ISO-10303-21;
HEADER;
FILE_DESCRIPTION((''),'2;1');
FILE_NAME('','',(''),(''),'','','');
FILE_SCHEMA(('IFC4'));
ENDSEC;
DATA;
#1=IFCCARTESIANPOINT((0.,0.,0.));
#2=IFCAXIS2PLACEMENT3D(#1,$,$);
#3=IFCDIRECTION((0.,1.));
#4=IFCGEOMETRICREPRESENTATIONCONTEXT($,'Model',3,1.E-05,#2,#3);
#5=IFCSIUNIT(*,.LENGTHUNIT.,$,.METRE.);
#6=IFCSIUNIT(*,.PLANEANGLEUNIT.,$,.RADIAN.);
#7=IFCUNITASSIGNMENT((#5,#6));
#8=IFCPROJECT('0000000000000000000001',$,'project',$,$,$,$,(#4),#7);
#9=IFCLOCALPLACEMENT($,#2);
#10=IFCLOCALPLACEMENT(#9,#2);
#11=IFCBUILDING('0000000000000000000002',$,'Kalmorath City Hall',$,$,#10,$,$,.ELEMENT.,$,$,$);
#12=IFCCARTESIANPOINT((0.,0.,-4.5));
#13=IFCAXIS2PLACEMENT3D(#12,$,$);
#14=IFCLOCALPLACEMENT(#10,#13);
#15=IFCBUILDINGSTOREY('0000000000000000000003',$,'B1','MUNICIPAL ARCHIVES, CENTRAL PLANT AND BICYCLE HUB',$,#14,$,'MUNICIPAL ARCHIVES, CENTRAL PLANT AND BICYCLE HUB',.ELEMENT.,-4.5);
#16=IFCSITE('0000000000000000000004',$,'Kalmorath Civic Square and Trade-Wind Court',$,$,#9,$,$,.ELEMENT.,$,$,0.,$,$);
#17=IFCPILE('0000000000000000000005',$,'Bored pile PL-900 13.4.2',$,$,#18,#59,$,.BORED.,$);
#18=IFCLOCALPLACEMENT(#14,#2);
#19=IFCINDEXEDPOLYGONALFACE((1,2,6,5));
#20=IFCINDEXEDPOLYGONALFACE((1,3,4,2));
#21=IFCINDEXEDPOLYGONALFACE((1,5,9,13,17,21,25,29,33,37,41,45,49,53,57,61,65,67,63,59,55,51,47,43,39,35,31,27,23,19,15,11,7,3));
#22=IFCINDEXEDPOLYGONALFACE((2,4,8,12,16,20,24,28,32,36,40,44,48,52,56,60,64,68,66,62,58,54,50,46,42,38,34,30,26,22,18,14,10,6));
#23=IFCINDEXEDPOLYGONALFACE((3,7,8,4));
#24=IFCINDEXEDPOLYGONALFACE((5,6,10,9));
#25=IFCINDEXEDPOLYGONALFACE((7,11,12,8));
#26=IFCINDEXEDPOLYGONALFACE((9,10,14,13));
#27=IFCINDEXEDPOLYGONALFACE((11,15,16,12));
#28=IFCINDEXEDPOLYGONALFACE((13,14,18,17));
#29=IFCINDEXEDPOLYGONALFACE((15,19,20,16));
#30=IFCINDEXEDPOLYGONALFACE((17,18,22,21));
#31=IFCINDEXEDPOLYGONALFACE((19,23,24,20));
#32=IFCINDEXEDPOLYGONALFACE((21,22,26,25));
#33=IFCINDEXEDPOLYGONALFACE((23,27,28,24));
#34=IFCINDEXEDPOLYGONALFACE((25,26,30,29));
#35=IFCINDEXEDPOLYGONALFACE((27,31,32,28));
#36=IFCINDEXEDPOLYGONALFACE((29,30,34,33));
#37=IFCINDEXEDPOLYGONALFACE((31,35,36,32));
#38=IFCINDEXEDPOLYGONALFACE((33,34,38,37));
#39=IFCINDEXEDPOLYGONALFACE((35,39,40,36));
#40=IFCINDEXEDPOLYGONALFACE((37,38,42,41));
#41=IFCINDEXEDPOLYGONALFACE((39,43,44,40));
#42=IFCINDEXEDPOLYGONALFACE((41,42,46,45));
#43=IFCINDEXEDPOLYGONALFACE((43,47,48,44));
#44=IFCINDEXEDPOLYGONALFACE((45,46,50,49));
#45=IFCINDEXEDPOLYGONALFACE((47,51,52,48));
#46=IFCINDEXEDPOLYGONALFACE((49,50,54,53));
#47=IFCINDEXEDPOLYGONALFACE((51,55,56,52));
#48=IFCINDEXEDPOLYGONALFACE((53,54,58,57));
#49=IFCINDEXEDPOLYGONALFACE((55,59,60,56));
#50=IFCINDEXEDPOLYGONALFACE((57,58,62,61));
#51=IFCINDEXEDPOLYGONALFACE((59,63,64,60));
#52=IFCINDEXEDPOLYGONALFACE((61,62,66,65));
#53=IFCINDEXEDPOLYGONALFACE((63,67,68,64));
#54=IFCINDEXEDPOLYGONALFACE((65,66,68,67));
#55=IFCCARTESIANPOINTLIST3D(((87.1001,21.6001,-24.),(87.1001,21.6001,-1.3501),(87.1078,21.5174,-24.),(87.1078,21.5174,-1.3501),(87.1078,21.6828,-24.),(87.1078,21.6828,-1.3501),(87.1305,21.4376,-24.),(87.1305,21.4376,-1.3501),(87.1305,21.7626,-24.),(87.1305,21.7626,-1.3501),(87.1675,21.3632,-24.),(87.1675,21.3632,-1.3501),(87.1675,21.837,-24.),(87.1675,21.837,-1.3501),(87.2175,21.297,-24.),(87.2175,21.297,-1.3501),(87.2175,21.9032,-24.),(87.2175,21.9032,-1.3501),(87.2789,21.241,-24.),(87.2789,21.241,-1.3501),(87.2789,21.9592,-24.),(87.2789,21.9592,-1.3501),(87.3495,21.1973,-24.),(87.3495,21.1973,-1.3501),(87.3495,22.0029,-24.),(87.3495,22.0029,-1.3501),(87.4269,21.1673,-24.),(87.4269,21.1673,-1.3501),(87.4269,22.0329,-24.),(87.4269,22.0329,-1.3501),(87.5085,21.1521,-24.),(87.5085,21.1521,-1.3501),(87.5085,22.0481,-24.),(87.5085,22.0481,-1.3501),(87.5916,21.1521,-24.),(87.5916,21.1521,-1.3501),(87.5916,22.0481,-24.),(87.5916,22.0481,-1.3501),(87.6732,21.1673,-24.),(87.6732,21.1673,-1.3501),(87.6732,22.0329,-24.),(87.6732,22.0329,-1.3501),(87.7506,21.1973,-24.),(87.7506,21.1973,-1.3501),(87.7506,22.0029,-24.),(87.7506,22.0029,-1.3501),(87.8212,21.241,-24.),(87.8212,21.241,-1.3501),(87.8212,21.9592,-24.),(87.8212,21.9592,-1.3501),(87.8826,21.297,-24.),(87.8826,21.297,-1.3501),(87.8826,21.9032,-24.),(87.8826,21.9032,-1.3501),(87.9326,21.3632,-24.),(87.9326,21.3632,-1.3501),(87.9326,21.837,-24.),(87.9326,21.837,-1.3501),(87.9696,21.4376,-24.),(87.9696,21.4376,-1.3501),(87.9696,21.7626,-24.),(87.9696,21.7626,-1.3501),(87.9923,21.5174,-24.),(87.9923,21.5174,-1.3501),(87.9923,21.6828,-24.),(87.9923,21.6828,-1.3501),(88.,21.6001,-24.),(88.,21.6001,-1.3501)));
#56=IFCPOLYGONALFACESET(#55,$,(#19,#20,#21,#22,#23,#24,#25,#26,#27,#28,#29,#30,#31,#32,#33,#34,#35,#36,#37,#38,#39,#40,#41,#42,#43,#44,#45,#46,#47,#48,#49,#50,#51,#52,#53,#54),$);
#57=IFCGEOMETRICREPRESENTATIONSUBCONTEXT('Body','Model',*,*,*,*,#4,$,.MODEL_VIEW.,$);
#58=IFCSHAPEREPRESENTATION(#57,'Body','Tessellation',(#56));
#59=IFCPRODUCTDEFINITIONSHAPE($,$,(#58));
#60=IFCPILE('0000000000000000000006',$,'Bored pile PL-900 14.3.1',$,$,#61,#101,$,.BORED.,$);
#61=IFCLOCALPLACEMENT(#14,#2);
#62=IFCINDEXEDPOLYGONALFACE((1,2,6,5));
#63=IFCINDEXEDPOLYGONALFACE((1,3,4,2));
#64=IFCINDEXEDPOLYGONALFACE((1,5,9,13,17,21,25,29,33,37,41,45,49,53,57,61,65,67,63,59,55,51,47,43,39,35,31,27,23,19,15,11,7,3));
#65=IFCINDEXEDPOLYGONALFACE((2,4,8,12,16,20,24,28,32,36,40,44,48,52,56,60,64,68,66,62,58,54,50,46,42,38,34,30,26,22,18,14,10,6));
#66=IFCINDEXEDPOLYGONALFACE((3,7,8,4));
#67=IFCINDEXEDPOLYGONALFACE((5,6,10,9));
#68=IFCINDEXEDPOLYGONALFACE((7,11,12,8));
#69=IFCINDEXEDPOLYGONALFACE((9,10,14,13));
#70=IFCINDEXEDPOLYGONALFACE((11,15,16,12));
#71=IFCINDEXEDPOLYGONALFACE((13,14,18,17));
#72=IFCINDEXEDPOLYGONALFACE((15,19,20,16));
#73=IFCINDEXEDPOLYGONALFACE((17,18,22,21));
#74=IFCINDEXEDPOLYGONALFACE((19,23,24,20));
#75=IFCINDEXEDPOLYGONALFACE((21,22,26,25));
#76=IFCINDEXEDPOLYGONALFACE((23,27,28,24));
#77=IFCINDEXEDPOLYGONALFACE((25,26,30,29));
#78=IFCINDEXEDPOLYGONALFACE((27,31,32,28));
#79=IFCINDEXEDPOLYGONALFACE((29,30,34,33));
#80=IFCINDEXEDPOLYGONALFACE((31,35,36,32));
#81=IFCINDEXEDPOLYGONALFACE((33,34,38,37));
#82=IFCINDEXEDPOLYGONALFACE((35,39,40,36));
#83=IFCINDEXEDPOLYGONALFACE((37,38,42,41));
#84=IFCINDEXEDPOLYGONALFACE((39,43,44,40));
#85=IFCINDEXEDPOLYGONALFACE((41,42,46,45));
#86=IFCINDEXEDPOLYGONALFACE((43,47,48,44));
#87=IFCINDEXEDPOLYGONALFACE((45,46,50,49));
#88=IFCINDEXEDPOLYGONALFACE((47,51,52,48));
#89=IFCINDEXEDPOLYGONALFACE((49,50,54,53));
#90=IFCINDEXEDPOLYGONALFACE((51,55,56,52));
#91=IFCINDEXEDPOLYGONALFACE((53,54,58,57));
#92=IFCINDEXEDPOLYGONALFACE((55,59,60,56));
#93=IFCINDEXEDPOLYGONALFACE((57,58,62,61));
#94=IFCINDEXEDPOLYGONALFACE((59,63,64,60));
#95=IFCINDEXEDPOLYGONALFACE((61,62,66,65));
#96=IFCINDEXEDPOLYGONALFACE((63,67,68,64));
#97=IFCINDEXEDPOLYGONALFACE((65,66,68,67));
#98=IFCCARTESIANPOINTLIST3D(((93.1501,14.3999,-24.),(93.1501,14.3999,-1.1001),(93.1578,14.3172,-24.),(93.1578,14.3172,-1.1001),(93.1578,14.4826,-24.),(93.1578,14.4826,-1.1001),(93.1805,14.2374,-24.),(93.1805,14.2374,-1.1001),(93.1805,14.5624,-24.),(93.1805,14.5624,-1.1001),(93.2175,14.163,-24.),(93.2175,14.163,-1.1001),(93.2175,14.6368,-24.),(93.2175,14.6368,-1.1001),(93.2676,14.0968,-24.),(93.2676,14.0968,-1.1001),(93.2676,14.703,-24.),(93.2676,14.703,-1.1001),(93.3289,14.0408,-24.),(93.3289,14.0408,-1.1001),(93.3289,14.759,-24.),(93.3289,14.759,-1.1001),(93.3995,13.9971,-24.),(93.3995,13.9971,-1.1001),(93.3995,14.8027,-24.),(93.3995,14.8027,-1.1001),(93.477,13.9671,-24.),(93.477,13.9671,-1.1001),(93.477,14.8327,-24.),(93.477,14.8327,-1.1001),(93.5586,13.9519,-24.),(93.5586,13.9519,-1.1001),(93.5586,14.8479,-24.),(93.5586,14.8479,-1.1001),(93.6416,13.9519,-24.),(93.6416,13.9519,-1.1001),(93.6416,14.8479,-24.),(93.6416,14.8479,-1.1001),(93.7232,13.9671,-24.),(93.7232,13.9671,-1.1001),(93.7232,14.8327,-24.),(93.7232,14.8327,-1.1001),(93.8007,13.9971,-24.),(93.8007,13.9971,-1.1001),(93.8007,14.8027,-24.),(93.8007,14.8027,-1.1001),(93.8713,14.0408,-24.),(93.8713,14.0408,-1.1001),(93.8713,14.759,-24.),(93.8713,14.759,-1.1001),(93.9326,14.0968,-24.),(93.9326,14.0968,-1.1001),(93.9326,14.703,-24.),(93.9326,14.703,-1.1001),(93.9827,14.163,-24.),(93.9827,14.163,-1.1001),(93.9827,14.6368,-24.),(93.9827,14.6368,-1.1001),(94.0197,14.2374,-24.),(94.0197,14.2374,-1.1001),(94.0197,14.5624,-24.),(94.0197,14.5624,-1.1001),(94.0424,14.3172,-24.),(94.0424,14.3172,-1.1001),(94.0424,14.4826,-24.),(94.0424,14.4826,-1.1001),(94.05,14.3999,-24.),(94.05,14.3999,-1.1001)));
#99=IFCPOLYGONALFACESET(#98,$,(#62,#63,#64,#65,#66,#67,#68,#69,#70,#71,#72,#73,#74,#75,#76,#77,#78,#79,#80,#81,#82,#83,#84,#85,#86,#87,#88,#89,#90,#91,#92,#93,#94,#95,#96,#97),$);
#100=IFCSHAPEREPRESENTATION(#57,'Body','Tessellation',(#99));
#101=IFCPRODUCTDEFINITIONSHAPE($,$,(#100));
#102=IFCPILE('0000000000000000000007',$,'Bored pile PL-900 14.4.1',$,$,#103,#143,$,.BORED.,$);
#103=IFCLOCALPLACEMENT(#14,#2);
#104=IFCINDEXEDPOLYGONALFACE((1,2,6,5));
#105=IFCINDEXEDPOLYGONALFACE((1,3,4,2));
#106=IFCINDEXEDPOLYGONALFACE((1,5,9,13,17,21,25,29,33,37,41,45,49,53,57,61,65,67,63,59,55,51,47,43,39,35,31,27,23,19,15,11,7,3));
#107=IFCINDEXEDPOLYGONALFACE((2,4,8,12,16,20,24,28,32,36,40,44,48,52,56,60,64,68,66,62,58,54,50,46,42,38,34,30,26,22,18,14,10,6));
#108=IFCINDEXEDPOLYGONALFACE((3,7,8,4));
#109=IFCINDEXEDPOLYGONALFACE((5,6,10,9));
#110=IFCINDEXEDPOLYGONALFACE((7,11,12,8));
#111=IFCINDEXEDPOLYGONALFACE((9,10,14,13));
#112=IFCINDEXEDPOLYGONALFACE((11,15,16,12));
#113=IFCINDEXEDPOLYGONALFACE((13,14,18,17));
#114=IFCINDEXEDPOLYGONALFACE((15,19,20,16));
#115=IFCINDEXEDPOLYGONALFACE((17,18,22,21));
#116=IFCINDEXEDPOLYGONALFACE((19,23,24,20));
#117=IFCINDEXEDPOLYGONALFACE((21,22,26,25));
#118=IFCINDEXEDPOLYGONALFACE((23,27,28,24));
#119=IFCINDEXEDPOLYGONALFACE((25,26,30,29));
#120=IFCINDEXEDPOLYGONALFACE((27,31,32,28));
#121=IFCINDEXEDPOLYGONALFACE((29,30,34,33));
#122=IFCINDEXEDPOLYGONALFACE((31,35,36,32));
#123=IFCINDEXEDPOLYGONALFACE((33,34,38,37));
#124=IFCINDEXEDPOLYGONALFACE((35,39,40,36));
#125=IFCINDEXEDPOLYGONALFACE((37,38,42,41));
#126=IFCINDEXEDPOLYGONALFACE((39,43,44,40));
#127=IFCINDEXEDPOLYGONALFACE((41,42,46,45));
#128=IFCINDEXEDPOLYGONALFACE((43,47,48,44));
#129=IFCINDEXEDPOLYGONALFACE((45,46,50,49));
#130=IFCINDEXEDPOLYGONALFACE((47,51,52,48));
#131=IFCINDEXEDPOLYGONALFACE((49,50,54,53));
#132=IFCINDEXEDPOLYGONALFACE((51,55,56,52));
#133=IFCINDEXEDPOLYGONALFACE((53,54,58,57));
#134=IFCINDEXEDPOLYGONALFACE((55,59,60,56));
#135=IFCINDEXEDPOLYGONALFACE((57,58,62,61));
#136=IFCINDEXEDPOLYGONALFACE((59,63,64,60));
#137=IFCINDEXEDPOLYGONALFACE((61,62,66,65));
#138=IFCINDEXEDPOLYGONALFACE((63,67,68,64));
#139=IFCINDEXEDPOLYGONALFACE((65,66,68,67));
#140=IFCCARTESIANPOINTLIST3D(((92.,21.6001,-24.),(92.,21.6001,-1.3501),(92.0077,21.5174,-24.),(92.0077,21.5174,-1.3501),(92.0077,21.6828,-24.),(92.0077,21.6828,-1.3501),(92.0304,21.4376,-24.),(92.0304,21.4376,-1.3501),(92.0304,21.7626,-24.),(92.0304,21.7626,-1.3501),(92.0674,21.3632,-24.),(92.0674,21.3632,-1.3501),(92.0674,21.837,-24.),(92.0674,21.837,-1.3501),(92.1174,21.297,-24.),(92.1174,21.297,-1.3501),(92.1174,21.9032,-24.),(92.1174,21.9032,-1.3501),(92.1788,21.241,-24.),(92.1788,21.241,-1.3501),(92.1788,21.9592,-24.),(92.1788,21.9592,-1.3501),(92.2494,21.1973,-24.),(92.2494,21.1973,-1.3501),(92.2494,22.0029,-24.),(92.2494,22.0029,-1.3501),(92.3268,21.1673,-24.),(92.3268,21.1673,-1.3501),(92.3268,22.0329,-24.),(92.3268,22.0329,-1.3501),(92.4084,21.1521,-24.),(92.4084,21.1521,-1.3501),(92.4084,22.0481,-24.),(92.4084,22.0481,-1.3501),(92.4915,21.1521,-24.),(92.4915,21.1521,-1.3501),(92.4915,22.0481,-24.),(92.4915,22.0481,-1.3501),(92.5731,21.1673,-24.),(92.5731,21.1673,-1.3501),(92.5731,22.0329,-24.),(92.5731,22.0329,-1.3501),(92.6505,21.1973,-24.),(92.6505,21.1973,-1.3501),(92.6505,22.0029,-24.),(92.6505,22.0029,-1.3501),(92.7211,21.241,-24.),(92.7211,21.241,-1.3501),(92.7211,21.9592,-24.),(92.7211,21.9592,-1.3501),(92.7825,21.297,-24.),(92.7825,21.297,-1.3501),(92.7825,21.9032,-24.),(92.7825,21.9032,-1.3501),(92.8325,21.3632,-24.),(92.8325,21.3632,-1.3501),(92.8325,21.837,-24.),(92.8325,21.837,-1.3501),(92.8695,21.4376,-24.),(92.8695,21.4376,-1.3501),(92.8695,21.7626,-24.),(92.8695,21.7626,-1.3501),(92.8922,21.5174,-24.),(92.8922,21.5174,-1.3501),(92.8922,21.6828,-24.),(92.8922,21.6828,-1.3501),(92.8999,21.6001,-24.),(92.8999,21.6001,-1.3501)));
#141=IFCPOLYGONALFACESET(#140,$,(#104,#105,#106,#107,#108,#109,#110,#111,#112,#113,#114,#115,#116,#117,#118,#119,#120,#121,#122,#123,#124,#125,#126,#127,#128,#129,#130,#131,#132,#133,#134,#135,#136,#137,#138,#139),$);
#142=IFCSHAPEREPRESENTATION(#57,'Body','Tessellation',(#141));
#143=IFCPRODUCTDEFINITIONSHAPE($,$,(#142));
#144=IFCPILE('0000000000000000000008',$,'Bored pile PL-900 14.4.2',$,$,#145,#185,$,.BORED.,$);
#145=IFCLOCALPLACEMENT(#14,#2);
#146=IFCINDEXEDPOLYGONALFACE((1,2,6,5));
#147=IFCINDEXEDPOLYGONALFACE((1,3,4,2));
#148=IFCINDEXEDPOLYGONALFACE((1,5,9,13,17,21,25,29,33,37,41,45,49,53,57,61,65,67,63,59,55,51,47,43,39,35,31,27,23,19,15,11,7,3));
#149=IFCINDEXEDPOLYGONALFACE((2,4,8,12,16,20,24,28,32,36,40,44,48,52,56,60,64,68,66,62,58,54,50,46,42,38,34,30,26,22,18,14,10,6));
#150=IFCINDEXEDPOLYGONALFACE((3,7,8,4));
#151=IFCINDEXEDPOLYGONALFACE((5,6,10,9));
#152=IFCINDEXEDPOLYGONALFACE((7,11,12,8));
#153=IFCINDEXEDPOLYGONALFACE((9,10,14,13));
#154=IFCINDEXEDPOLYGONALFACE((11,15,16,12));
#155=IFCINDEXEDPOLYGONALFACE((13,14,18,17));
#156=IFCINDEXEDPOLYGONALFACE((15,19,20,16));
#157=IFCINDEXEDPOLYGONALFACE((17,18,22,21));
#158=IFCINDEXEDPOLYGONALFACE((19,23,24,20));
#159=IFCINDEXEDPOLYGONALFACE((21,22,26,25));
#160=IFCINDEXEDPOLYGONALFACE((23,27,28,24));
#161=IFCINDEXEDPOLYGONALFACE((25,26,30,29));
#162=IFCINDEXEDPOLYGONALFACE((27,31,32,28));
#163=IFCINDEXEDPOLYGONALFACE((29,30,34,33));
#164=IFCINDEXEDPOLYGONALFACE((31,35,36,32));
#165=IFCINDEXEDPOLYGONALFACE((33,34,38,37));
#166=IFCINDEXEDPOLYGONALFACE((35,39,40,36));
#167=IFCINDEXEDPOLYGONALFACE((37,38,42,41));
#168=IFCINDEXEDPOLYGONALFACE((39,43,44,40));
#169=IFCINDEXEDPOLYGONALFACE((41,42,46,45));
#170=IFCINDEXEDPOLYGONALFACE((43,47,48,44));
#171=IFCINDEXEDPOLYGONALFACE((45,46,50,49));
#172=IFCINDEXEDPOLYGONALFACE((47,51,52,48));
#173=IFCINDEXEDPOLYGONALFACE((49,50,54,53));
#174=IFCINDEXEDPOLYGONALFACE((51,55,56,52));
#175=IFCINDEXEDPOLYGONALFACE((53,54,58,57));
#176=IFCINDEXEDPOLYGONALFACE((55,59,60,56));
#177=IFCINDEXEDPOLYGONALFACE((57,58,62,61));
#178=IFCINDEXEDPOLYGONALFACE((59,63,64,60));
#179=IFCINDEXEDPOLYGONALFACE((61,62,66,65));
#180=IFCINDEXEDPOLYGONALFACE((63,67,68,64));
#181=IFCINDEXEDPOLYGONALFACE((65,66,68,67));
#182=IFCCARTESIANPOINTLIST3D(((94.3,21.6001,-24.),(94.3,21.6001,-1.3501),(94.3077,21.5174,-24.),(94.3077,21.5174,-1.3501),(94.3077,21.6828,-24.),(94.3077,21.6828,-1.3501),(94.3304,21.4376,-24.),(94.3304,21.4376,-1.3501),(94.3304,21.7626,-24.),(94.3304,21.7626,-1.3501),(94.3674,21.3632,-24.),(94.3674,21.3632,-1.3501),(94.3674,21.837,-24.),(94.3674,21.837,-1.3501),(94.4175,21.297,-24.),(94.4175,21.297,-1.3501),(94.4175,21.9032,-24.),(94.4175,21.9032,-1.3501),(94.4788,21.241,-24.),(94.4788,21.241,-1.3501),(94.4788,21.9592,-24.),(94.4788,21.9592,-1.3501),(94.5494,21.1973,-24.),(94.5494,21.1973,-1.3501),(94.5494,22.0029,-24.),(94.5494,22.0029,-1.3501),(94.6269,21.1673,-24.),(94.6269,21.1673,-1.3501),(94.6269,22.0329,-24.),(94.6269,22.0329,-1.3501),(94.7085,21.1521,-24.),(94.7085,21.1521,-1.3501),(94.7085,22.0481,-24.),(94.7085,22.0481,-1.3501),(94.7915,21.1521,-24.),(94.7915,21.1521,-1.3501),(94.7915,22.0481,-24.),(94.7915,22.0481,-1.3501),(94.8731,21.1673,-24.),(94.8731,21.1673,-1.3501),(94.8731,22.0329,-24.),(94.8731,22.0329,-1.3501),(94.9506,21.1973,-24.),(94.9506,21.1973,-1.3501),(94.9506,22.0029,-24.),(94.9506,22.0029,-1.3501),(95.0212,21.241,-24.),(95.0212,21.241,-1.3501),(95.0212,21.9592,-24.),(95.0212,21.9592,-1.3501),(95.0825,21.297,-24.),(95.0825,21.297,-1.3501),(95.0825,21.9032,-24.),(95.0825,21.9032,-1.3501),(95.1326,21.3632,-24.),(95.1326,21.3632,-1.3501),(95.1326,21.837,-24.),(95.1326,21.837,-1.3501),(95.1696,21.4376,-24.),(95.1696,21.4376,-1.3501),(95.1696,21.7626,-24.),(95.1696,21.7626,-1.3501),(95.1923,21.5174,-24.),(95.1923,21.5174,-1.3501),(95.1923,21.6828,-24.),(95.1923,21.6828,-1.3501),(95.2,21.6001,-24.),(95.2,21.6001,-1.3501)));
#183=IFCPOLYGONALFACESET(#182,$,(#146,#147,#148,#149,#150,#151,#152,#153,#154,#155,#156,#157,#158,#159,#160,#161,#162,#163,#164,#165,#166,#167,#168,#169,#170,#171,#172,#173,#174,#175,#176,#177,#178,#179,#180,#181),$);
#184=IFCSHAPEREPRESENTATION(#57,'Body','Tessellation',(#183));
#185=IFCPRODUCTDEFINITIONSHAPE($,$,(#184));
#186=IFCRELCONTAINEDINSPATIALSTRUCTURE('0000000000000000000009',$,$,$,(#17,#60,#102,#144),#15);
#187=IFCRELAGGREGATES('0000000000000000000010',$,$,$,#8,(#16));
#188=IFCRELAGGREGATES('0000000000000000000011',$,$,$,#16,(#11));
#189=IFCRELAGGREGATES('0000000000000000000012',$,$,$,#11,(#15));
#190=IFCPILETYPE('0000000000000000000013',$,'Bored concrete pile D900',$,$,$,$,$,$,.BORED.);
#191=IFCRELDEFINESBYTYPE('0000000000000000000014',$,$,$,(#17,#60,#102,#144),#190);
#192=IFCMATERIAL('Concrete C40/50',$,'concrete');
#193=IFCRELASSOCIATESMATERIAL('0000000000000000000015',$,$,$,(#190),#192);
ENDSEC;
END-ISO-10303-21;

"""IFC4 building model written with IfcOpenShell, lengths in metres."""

from ifc_helpers import new_model, si_unit, direction, frame, origin, origin_2d, place, context, subcontext, project, spatial, circle, extrude, material, material_profile, profile_set, type_object, element, save


model = new_model("IFC4")

# Units and contexts
model_context = context("Model", 3, precision=1e-05, world=origin(), true_north=direction((0.0, 1.0)))
body_context = subcontext(model_context, "Body", "Model", "MODEL_VIEW")
ifc_project = project(units=[si_unit("LENGTHUNIT", "METRE"), si_unit("PLANEANGLEUNIT", "RADIAN")], contexts=[model_context])

# Site, building, storey
site_placement = place(None, origin())
site = spatial("IfcSite", under=ifc_project, at=site_placement, Name="Kalmorath Civic Square and Trade-Wind Court", CompositionType="ELEMENT", RefElevation=0.0)
building_placement = place(site_placement, origin())
building = spatial("IfcBuilding", under=site, at=building_placement, Name="Kalmorath City Hall", CompositionType="ELEMENT")
storey_placement = place(building_placement, frame((0.0, 0.0, -4.5)))
storey = spatial("IfcBuildingStorey", under=building, at=storey_placement, Name="B1", Description="MUNICIPAL ARCHIVES, CENTRAL PLANT AND BICYCLE HUB", LongName="MUNICIPAL ARCHIVES, CENTRAL PLANT AND BICYCLE HUB", CompositionType="ELEMENT", Elevation=-4.5)

# Piles
ifc_material_1 = material(Name="Concrete C40/50", Category="concrete")
ifc_material_profile_1 = material_profile(ifc_material_1, circle(Radius=0.45, at=origin_2d()), Name="PILE-D900")
ifc_profile_set_1 = profile_set([ifc_material_profile_1], Name="Concrete C40/50")
pile_type = type_object("IfcPileType", Name="Bored concrete pile D900", PredefinedType="BORED", material=ifc_profile_set_1)
pile_1_placement = place(storey_placement, frame((87.55, 21.6001, -1.3501), z_axis=(0.0, 0.0, -1.0), x_axis=(1.0, 0.0, 0.0)))
element("IfcPile", 1, at=pile_1_placement, inside=storey, type_object=pile_type, Name="Bored pile PL-900 13.4.2", PredefinedType="BORED", context=body_context, shape_type="SweptSolid", body=[
    extrude(circle(Radius=0.45, at=origin_2d()), origin(), (0.0, 0.0, 1.0), 22.6499),
])
pile_2_placement = place(storey_placement, frame((93.6001, 14.3999, -1.1001), z_axis=(0.0, 0.0, -1.0), x_axis=(1.0, 0.0, 0.0)))
element("IfcPile", 2, at=pile_2_placement, inside=storey, type_object=pile_type, Name="Bored pile PL-900 14.3.1", PredefinedType="BORED", context=body_context, shape_type="SweptSolid", body=[
    extrude(circle(Radius=0.45, at=origin_2d()), origin(), (0.0, 0.0, 1.0), 22.8999),
])
for number, where, z_axis, x_axis, name in (
    (3, (92.45, 21.6001, -1.3501), (0.0, 0.0, -1.0), (1.0, 0.0, 0.0), "Bored pile PL-900 14.4.1"),
    (4, (94.75, 21.6001, -1.3501), (0.0, 0.0, -1.0), (1.0, 0.0, 0.0), "Bored pile PL-900 14.4.2"),
):
    element("IfcPile", number, at=place(storey_placement, frame(where, z_axis=z_axis, x_axis=x_axis)), inside=storey, type_object=pile_type, Name=name, PredefinedType="BORED", context=body_context, shape_type="SweptSolid", body=[
        extrude(circle(Radius=0.45, at=origin_2d()), origin(), (0.0, 0.0, 1.0), 22.6499),
    ])

save(model, "model.ifc")
